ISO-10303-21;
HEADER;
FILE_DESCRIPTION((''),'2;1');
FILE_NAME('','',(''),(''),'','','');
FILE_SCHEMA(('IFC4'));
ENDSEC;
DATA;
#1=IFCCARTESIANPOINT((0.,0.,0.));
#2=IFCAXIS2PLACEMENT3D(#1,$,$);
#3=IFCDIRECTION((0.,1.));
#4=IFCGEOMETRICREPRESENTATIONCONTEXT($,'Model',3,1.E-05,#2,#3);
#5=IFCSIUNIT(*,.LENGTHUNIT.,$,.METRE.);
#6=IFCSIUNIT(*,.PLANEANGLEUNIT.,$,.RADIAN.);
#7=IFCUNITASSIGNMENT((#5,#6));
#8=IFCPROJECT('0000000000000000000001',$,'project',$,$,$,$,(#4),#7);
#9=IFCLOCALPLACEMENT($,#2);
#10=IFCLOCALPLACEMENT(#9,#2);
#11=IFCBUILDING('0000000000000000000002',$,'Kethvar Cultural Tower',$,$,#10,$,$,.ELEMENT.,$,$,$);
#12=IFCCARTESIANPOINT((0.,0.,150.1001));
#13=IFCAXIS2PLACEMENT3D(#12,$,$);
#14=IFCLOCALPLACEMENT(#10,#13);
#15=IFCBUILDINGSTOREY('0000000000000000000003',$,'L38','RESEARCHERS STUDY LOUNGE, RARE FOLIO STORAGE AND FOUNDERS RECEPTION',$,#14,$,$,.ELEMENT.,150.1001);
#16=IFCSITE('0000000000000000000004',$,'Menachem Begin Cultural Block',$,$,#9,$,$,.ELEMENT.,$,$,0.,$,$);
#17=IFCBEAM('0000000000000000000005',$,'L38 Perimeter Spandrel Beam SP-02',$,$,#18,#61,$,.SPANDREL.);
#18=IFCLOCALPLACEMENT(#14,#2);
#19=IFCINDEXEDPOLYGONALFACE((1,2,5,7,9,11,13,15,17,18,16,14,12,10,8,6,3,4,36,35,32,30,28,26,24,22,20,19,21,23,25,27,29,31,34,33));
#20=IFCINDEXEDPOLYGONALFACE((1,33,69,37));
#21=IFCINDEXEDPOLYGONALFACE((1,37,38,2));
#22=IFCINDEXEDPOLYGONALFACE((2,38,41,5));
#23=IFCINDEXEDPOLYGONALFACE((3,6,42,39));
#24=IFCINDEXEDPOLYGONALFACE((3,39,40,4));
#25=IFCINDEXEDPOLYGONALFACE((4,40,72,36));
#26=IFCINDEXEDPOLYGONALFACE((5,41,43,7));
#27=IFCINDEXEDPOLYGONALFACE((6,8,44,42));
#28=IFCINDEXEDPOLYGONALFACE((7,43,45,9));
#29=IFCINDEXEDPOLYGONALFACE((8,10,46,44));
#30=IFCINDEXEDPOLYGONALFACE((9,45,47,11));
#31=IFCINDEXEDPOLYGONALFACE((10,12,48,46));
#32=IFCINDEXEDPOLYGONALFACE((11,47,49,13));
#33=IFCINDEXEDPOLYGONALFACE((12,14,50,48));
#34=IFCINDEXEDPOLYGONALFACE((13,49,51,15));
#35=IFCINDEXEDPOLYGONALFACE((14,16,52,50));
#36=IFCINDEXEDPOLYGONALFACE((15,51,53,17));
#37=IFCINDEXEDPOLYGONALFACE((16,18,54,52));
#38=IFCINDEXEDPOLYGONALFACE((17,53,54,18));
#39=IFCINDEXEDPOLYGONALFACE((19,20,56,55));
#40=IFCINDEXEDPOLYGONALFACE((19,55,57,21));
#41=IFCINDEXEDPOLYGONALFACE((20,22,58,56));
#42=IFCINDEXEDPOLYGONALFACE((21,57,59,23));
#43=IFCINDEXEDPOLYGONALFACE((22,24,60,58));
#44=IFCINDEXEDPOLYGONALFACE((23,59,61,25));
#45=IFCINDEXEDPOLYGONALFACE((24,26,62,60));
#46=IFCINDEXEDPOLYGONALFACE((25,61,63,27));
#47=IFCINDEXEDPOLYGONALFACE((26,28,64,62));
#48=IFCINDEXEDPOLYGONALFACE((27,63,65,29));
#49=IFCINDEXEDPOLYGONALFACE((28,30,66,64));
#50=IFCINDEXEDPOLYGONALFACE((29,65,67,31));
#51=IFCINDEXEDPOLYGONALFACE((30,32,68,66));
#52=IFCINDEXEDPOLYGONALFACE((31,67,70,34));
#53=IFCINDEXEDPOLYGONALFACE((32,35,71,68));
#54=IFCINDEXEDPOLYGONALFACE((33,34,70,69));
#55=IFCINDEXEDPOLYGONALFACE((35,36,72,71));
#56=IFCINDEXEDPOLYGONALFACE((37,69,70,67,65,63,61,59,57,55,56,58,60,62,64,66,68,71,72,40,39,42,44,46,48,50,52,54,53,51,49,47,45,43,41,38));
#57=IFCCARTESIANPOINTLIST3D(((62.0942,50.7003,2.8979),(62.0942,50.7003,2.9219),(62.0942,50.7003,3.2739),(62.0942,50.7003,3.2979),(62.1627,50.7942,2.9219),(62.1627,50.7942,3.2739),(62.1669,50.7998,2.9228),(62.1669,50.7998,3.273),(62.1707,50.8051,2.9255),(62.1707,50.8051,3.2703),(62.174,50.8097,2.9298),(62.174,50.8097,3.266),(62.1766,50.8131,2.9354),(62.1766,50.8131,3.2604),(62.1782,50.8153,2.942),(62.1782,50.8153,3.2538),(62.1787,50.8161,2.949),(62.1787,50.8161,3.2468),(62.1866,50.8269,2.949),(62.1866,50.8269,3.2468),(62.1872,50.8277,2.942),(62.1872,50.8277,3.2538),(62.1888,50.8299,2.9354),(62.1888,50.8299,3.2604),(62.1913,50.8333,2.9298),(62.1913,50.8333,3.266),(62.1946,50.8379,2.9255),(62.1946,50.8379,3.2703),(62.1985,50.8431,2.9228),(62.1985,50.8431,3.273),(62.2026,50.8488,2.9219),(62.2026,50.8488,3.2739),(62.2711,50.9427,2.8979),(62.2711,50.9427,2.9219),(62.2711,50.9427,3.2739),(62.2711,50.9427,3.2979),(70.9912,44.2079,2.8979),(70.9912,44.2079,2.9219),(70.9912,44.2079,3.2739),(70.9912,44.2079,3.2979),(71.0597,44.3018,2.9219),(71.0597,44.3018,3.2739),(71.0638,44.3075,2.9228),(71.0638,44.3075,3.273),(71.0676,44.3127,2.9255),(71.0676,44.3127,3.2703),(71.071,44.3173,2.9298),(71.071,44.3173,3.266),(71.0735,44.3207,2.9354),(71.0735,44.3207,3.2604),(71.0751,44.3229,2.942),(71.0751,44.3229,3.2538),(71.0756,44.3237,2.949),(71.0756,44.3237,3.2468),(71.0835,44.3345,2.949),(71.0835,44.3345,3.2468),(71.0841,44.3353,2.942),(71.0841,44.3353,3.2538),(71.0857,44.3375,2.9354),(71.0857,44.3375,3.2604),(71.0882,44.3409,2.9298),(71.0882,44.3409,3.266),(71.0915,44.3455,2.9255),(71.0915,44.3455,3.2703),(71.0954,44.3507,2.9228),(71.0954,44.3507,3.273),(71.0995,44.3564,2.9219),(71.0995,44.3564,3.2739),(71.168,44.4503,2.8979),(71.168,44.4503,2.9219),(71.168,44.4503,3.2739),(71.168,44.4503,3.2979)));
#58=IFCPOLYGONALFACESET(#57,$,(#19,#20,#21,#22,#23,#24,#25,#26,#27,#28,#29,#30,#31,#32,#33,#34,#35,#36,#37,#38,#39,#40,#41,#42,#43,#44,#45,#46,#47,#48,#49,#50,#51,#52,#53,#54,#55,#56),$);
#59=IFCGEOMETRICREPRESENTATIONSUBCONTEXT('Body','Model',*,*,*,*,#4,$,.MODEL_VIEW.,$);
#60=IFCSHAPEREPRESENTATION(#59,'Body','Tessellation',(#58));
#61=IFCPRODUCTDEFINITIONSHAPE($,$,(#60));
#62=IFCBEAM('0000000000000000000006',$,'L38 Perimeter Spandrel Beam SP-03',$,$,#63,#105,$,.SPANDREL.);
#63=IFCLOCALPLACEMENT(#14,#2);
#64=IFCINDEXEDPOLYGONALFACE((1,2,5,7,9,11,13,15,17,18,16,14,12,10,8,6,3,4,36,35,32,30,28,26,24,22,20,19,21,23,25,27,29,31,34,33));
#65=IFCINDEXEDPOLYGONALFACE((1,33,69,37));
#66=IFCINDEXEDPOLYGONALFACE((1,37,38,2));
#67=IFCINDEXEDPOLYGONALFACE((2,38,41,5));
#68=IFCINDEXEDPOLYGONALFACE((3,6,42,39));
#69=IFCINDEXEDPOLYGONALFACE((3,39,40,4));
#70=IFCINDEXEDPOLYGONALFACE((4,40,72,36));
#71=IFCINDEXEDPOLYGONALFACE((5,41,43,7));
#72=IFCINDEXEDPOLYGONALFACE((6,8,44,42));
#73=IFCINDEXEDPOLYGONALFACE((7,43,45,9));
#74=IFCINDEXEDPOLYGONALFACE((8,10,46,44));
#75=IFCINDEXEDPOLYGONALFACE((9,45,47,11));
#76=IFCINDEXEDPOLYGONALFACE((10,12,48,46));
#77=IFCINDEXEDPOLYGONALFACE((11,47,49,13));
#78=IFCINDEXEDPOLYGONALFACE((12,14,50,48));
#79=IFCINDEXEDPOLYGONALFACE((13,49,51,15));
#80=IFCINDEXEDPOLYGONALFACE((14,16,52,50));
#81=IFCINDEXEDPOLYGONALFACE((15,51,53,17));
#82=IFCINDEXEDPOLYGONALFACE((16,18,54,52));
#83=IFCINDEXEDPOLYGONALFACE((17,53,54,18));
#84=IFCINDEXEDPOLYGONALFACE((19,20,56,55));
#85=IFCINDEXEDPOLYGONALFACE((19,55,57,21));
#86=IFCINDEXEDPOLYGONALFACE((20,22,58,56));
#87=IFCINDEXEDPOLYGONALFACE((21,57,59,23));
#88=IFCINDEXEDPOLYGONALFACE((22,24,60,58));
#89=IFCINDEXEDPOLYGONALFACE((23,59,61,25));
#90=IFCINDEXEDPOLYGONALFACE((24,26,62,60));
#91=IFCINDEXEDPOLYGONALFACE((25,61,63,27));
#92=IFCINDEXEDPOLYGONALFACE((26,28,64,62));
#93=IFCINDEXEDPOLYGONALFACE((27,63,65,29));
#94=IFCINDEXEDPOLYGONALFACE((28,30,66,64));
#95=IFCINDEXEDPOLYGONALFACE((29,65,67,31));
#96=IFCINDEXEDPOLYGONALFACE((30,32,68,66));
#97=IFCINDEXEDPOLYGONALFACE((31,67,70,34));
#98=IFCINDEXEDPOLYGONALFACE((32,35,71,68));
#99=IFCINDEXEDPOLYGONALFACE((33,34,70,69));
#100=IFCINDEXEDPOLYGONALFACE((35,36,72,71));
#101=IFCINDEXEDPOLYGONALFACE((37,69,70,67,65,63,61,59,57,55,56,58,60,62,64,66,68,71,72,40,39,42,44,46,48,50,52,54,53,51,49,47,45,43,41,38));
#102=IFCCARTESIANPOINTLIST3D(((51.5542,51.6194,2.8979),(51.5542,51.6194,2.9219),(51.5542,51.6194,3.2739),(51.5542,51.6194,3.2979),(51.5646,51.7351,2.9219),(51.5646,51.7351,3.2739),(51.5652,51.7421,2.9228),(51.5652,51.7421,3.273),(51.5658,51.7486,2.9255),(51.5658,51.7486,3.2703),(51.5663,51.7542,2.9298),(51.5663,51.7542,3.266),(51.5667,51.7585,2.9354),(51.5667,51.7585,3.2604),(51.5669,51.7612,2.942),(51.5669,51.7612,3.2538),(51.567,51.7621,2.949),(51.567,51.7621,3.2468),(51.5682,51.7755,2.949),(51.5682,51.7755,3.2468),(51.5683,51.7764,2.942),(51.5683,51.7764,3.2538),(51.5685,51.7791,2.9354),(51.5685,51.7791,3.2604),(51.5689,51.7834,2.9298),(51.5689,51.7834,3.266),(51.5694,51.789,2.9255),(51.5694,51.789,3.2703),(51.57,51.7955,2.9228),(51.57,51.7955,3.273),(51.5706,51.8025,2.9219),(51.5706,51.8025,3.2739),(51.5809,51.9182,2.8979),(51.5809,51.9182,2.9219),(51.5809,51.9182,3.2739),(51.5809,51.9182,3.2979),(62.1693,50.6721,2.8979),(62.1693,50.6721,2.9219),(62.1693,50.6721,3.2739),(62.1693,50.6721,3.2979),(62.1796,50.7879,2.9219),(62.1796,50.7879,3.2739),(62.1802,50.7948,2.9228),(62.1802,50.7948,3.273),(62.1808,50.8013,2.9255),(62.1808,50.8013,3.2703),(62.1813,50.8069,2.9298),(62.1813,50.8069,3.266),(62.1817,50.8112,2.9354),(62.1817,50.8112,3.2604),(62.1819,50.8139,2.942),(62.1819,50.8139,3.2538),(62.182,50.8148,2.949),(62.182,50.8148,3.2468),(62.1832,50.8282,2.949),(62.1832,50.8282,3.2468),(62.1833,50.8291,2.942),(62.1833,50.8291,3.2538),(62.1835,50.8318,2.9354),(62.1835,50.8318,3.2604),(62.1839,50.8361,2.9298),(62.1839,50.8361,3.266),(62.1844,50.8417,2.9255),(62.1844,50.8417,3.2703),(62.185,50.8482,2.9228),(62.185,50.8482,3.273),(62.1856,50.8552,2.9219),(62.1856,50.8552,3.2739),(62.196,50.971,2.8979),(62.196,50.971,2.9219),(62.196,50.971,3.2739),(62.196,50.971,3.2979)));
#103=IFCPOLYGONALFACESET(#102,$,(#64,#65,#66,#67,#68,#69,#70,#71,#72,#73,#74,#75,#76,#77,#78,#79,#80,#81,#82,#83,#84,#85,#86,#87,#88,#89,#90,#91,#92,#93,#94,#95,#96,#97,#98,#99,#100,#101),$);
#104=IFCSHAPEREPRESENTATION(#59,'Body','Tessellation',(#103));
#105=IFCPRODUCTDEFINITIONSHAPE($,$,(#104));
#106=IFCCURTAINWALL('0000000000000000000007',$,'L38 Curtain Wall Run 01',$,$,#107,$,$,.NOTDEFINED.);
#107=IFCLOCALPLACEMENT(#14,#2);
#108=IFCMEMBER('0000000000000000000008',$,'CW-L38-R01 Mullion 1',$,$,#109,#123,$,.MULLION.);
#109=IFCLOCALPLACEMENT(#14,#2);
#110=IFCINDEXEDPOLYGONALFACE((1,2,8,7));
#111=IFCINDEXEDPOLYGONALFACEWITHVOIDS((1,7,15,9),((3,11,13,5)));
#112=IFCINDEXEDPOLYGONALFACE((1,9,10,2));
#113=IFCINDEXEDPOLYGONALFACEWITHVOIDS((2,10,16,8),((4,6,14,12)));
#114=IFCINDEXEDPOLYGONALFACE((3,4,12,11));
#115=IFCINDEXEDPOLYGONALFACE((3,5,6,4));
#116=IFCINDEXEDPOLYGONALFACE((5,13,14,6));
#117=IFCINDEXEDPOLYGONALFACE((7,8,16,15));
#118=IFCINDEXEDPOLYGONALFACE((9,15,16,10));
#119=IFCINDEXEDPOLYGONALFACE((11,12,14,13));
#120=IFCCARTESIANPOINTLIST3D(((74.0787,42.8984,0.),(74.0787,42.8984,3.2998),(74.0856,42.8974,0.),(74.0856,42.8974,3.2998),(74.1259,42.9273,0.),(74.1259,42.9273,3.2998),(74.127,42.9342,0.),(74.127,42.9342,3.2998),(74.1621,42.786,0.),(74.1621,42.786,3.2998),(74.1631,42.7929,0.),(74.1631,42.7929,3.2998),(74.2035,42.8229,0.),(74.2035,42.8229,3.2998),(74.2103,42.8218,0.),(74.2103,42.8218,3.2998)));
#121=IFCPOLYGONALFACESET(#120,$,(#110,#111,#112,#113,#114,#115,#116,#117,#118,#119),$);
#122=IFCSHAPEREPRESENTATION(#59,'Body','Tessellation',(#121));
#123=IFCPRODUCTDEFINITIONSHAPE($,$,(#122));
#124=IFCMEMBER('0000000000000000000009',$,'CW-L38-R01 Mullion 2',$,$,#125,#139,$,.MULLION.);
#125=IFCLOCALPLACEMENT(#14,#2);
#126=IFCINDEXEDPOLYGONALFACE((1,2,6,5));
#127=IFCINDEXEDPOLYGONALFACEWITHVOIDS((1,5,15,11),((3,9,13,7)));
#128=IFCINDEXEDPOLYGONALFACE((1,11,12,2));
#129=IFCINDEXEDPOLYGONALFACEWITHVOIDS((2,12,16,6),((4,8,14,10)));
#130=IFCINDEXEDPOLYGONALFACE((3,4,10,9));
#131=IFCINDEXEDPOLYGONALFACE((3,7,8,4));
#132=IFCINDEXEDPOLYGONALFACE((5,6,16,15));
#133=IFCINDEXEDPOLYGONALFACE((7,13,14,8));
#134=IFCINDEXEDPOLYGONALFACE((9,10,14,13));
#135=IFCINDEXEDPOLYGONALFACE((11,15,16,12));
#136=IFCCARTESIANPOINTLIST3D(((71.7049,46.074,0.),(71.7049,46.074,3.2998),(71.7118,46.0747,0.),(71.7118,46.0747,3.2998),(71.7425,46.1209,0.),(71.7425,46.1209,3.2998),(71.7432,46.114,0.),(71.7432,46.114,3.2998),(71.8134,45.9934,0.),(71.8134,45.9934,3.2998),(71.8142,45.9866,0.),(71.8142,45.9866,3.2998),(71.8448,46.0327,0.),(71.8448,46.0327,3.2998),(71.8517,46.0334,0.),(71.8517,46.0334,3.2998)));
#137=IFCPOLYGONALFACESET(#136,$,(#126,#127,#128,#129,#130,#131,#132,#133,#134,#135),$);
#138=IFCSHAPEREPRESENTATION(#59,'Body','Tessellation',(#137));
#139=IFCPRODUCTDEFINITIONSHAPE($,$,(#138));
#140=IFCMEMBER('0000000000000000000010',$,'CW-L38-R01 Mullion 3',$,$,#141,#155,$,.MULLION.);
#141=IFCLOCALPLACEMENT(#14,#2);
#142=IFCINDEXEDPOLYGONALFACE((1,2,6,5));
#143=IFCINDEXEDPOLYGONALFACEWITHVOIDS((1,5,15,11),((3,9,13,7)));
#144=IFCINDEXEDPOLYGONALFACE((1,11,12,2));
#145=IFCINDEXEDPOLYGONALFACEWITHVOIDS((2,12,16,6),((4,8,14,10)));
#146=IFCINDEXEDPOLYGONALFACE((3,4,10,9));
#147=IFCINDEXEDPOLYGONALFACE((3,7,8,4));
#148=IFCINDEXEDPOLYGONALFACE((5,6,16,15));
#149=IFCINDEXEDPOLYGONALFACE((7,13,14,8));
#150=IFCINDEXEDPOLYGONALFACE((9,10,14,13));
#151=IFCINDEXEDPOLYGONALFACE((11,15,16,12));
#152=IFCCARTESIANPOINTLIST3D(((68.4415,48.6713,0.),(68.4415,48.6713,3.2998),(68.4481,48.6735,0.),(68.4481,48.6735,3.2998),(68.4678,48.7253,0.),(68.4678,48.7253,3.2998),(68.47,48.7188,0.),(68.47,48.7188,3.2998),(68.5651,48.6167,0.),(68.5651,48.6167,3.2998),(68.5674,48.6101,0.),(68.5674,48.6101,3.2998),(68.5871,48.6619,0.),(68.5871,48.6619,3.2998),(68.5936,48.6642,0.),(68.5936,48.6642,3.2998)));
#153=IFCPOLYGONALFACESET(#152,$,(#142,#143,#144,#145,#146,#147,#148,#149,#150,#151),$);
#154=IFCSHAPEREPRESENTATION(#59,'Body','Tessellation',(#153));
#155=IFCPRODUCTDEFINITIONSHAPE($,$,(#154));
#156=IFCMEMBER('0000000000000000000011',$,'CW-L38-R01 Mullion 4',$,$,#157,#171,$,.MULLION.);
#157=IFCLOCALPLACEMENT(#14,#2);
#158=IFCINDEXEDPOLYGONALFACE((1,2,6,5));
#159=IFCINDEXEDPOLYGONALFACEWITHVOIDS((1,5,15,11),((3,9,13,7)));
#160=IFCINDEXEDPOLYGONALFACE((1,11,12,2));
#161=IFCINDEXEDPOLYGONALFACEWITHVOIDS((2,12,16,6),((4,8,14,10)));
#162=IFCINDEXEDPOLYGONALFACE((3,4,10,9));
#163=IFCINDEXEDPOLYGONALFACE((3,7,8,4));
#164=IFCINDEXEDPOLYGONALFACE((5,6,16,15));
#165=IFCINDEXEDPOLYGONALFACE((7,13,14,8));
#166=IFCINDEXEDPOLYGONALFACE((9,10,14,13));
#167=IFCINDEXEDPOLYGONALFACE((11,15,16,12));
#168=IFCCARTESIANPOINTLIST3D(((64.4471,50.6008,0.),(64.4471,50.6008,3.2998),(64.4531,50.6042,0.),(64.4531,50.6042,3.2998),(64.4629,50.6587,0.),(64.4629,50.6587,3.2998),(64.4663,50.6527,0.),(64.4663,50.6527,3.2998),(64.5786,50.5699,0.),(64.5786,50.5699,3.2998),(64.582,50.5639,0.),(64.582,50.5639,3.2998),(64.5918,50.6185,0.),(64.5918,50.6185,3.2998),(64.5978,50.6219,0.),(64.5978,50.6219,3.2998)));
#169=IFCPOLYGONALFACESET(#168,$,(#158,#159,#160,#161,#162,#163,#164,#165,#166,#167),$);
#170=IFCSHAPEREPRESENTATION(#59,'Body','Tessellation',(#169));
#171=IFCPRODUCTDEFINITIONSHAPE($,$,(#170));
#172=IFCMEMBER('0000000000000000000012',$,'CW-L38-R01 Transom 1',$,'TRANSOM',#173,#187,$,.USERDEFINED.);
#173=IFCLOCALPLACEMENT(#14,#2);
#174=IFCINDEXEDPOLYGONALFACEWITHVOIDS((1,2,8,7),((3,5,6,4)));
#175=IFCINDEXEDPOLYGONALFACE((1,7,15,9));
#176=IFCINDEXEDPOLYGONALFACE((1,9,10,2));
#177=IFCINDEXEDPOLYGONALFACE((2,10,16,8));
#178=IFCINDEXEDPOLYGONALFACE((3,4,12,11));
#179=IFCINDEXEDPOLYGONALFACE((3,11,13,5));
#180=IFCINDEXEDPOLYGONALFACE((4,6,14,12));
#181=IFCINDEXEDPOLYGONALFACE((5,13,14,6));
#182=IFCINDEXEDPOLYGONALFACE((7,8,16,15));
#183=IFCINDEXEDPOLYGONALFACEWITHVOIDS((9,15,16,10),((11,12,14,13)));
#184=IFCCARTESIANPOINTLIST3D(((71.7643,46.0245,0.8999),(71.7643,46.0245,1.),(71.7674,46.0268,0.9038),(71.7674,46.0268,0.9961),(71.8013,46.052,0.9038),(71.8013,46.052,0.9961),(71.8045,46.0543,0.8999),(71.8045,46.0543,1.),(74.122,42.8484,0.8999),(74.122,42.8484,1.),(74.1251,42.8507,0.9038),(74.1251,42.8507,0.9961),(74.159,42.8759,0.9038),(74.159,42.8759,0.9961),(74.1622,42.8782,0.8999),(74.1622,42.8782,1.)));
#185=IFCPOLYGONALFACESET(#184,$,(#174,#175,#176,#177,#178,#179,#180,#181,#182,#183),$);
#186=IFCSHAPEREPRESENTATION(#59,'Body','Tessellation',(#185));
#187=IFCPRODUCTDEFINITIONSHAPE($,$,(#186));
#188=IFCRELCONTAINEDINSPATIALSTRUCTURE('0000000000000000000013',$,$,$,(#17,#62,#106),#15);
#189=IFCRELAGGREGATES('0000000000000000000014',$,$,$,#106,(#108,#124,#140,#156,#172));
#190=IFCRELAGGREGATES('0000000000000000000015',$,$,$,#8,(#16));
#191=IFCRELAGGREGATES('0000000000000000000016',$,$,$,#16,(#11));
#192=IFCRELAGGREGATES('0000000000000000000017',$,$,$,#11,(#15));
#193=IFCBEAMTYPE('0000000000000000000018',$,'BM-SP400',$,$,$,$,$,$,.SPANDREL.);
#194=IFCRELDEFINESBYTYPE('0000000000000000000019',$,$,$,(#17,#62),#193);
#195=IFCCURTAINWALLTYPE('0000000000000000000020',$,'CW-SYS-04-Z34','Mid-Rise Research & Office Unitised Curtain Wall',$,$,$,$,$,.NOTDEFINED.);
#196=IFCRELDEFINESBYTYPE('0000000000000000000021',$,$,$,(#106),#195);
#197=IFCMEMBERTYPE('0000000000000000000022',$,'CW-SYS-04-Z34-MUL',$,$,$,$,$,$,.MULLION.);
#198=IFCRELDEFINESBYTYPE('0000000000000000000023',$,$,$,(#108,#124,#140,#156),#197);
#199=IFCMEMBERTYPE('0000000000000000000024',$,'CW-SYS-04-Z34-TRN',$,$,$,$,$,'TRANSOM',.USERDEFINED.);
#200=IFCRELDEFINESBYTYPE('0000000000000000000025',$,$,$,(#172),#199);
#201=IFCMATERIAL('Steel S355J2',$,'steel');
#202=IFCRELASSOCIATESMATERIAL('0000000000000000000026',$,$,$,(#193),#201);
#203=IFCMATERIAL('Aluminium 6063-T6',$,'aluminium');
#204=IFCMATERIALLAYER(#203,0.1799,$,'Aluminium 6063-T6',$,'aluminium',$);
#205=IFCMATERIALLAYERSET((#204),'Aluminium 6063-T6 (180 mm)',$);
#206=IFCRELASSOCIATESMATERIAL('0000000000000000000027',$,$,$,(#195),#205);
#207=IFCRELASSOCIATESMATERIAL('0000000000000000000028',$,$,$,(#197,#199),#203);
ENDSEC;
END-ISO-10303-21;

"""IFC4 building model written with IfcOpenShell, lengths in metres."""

from ifc_helpers import new_model, si_unit, direction, frame, origin, origin_2d, place, context, subcontext, project, spatial, hollow_rectangle, i_section, extrude, source, transform, mapped, material, layer, layer_set, material_profile, profile_set, type_object, element, aggregate, save


model = new_model("IFC4")

# Units and contexts
model_context = context("Model", 3, precision=1e-05, world=origin(), true_north=direction((0.0, 1.0)))
body_context = subcontext(model_context, "Body", "Model", "MODEL_VIEW")
ifc_project = project(units=[si_unit("LENGTHUNIT", "METRE"), si_unit("PLANEANGLEUNIT", "RADIAN")], contexts=[model_context])

# Site, building, storey
site_placement = place(None, origin())
site = spatial("IfcSite", under=ifc_project, at=site_placement, Name="Menachem Begin Cultural Block", CompositionType="ELEMENT", RefElevation=0.0)
building_placement = place(site_placement, origin())
building = spatial("IfcBuilding", under=site, at=building_placement, Name="Kethvar Cultural Tower", CompositionType="ELEMENT")
storey_placement = place(building_placement, frame((0.0, 0.0, 150.1001)))
storey = spatial("IfcBuildingStorey", under=building, at=storey_placement, Name="L38", Description="RESEARCHERS STUDY LOUNGE, RARE FOLIO STORAGE AND FOUNDERS RECEPTION", CompositionType="ELEMENT", Elevation=150.1001)

# Beams
ifc_material_1 = material(Name="Steel S355J2", Category="steel")
ifc_material_profile_1 = material_profile(ifc_material_1, i_section(OverallWidth=0.3, OverallDepth=0.3999, WebThickness=0.0134, FlangeThickness=0.0239, FilletRadius=0.0271, at=origin_2d()), Name="Steel S355J2 — HEB400")
ifc_profile_set_1 = profile_set([ifc_material_profile_1], Name="Steel S355J2 — HEB400")
beam_type_1 = type_object("IfcBeamType", Name="BM-SP400", PredefinedType="SPANDREL", material=ifc_profile_set_1)
shared_shape_1 = source(origin(), body_context, "Body", "SweptSolid", [
    extrude(i_section(OverallWidth=0.3, OverallDepth=0.3999, WebThickness=0.0134, FlangeThickness=0.0239, FilletRadius=0.0271, at=origin_2d()), origin(), (0.0, 0.0, 1.0), 11.0139),
])
beam_1_placement = place(storey_placement, frame((71.0796, 44.3291, 3.0979), z_axis=(-0.807789, 0.589472, 0.0), x_axis=(-0.589472, -0.807789, 0.0)))
element("IfcBeam", 1, at=beam_1_placement, inside=storey, type_object=beam_type_1, Name="L38 Perimeter Spandrel Beam SP-02", PredefinedType="SPANDREL", context=body_context, shape_type="MappedRepresentation", body=[
    mapped(shared_shape_1, transform((0.0, 0.0, 0.0), scale=1.0)),
])
shared_shape_2 = source(origin(), body_context, "Body", "SweptSolid", [
    extrude(i_section(OverallWidth=0.3, OverallDepth=0.3999, WebThickness=0.0134, FlangeThickness=0.0239, FilletRadius=0.0271, at=origin_2d()), origin(), (0.0, 0.0, 1.0), 10.6572),
])
beam_2_placement = place(storey_placement, frame((62.1826, 50.8215, 3.0979), z_axis=(-0.996042, 0.088885, 0.0), x_axis=(-0.088885, -0.996042, 0.0)))
element("IfcBeam", 2, at=beam_2_placement, inside=storey, type_object=beam_type_1, Name="L38 Perimeter Spandrel Beam SP-03", PredefinedType="SPANDREL", context=body_context, shape_type="MappedRepresentation", body=[
    mapped(shared_shape_2, transform((0.0, 0.0, 0.0), scale=1.0)),
])

# Curtain wall, members
ifc_material_2 = material(Name="Aluminium 6063-T6", Category="aluminium")
ifc_layer_1 = layer(ifc_material_2, 0.1799, Name="Aluminium 6063-T6", Category="aluminium")
ifc_layer_set_1 = layer_set([ifc_layer_1], Name="Aluminium 6063-T6 (180 mm)")
curtain_wall_type = type_object("IfcCurtainWallType", Name="CW-SYS-04-Z34", Description="Mid-Rise Research & Office Unitised Curtain Wall", PredefinedType="NOTDEFINED", material=ifc_layer_set_1)
curtain_wall_placement = place(storey_placement, origin())
curtain_wall = element("IfcCurtainWall", 3, at=curtain_wall_placement, inside=storey, type_object=curtain_wall_type, Name="L38 Curtain Wall Run 01", PredefinedType="NOTDEFINED")
ifc_material_profile_2 = material_profile(ifc_material_2, hollow_rectangle(XDim=0.0601, YDim=0.1399, WallThickness=0.0049, at=origin_2d()), Name="Aluminium 6063-T6 — RHS140x60x5")
ifc_profile_set_2 = profile_set([ifc_material_profile_2], Name="Aluminium 6063-T6 — RHS140x60x5")
member_type_1 = type_object("IfcMemberType", Name="CW-SYS-04-Z34-MUL", PredefinedType="MULLION", material=ifc_profile_set_2)
shared_shape_3 = source(origin(), body_context, "Body", "SweptSolid", [
    extrude(hollow_rectangle(XDim=0.0601, YDim=0.1399, WallThickness=0.0049, at=origin_2d()), origin(), (0.0, 0.0, 1.0), 3.2998),
])
member_1_placement = place(storey_placement, frame((74.1445, 42.8601, 0.0), z_axis=(0.0, 0.0, 1.0), x_axis=(-0.802963, -0.596029, 0.0)))
member_1 = element("IfcMember", 4, at=member_1_placement, type_object=member_type_1, Name="CW-L38-R01 Mullion 1", PredefinedType="MULLION", context=body_context, shape_type="MappedRepresentation", body=[
    mapped(shared_shape_3, transform((0.0, 0.0, 0.0), scale=1.0)),
])
member_2_placement = place(storey_placement, frame((71.7783, 46.0537, 0.0), z_axis=(0.0, 0.0, 1.0), x_axis=(-0.624984, -0.780638, 0.0)))
member_2 = element("IfcMember", 5, at=member_2_placement, type_object=member_type_1, Name="CW-L38-R01 Mullion 2", PredefinedType="MULLION", context=body_context, shape_type="MappedRepresentation", body=[
    mapped(shared_shape_3, transform((0.0, 0.0, 0.0), scale=1.0)),
])
member_3_placement = place(storey_placement, frame((68.5176, 48.6677, 0.0), z_axis=(0.0, 0.0, 1.0), x_axis=(-0.437053, -0.899436, 0.0)))
member_3 = element("IfcMember", 6, at=member_3_placement, type_object=member_type_1, Name="CW-L38-R01 Mullion 3", PredefinedType="MULLION", context=body_context, shape_type="MappedRepresentation", body=[
    mapped(shared_shape_3, transform((0.0, 0.0, 0.0), scale=1.0)),
])
member_4_placement = place(storey_placement, frame((64.5225, 50.6113, 0.0), z_axis=(0.0, 0.0, 1.0), x_axis=(-0.263233, -0.964732, 0.0)))
member_4 = element("IfcMember", 7, at=member_4_placement, type_object=member_type_1, Name="CW-L38-R01 Mullion 4", PredefinedType="MULLION", context=body_context, shape_type="MappedRepresentation", body=[
    mapped(shared_shape_3, transform((0.0, 0.0, 0.0), scale=1.0)),
])
ifc_material_profile_3 = material_profile(ifc_material_2, hollow_rectangle(XDim=0.05, YDim=0.1001, WallThickness=0.0039, at=origin_2d()), Name="Aluminium 6063-T6 — RHS100x50x4")
ifc_profile_set_3 = profile_set([ifc_material_profile_3], Name="Aluminium 6063-T6 — RHS100x50x4")
member_type_2 = type_object("IfcMemberType", Name="CW-SYS-04-Z34-TRN", ElementType="TRANSOM", PredefinedType="USERDEFINED", material=ifc_profile_set_3)
shared_shape_4 = source(origin(), body_context, "Body", "SweptSolid", [
    extrude(hollow_rectangle(XDim=0.05, YDim=0.1001, WallThickness=0.0039, at=origin_2d()), origin(), (0.0, 0.0, 1.0), 3.9556),
])
member_5_placement = place(storey_placement, frame((74.1421, 42.8633, 0.95), z_axis=(-0.596052, 0.802946, 0.0), x_axis=(-0.802946, -0.596052, 0.0)))
member_5 = element("IfcMember", 8, at=member_5_placement, type_object=member_type_2, Name="CW-L38-R01 Transom 1", ObjectType="TRANSOM", PredefinedType="USERDEFINED", context=body_context, shape_type="MappedRepresentation", body=[
    mapped(shared_shape_4, transform((0.0, 0.0, 0.0), scale=1.0)),
])
aggregate(curtain_wall, [member_1, member_2, member_3, member_4, member_5])

save(model, "model.ifc")
